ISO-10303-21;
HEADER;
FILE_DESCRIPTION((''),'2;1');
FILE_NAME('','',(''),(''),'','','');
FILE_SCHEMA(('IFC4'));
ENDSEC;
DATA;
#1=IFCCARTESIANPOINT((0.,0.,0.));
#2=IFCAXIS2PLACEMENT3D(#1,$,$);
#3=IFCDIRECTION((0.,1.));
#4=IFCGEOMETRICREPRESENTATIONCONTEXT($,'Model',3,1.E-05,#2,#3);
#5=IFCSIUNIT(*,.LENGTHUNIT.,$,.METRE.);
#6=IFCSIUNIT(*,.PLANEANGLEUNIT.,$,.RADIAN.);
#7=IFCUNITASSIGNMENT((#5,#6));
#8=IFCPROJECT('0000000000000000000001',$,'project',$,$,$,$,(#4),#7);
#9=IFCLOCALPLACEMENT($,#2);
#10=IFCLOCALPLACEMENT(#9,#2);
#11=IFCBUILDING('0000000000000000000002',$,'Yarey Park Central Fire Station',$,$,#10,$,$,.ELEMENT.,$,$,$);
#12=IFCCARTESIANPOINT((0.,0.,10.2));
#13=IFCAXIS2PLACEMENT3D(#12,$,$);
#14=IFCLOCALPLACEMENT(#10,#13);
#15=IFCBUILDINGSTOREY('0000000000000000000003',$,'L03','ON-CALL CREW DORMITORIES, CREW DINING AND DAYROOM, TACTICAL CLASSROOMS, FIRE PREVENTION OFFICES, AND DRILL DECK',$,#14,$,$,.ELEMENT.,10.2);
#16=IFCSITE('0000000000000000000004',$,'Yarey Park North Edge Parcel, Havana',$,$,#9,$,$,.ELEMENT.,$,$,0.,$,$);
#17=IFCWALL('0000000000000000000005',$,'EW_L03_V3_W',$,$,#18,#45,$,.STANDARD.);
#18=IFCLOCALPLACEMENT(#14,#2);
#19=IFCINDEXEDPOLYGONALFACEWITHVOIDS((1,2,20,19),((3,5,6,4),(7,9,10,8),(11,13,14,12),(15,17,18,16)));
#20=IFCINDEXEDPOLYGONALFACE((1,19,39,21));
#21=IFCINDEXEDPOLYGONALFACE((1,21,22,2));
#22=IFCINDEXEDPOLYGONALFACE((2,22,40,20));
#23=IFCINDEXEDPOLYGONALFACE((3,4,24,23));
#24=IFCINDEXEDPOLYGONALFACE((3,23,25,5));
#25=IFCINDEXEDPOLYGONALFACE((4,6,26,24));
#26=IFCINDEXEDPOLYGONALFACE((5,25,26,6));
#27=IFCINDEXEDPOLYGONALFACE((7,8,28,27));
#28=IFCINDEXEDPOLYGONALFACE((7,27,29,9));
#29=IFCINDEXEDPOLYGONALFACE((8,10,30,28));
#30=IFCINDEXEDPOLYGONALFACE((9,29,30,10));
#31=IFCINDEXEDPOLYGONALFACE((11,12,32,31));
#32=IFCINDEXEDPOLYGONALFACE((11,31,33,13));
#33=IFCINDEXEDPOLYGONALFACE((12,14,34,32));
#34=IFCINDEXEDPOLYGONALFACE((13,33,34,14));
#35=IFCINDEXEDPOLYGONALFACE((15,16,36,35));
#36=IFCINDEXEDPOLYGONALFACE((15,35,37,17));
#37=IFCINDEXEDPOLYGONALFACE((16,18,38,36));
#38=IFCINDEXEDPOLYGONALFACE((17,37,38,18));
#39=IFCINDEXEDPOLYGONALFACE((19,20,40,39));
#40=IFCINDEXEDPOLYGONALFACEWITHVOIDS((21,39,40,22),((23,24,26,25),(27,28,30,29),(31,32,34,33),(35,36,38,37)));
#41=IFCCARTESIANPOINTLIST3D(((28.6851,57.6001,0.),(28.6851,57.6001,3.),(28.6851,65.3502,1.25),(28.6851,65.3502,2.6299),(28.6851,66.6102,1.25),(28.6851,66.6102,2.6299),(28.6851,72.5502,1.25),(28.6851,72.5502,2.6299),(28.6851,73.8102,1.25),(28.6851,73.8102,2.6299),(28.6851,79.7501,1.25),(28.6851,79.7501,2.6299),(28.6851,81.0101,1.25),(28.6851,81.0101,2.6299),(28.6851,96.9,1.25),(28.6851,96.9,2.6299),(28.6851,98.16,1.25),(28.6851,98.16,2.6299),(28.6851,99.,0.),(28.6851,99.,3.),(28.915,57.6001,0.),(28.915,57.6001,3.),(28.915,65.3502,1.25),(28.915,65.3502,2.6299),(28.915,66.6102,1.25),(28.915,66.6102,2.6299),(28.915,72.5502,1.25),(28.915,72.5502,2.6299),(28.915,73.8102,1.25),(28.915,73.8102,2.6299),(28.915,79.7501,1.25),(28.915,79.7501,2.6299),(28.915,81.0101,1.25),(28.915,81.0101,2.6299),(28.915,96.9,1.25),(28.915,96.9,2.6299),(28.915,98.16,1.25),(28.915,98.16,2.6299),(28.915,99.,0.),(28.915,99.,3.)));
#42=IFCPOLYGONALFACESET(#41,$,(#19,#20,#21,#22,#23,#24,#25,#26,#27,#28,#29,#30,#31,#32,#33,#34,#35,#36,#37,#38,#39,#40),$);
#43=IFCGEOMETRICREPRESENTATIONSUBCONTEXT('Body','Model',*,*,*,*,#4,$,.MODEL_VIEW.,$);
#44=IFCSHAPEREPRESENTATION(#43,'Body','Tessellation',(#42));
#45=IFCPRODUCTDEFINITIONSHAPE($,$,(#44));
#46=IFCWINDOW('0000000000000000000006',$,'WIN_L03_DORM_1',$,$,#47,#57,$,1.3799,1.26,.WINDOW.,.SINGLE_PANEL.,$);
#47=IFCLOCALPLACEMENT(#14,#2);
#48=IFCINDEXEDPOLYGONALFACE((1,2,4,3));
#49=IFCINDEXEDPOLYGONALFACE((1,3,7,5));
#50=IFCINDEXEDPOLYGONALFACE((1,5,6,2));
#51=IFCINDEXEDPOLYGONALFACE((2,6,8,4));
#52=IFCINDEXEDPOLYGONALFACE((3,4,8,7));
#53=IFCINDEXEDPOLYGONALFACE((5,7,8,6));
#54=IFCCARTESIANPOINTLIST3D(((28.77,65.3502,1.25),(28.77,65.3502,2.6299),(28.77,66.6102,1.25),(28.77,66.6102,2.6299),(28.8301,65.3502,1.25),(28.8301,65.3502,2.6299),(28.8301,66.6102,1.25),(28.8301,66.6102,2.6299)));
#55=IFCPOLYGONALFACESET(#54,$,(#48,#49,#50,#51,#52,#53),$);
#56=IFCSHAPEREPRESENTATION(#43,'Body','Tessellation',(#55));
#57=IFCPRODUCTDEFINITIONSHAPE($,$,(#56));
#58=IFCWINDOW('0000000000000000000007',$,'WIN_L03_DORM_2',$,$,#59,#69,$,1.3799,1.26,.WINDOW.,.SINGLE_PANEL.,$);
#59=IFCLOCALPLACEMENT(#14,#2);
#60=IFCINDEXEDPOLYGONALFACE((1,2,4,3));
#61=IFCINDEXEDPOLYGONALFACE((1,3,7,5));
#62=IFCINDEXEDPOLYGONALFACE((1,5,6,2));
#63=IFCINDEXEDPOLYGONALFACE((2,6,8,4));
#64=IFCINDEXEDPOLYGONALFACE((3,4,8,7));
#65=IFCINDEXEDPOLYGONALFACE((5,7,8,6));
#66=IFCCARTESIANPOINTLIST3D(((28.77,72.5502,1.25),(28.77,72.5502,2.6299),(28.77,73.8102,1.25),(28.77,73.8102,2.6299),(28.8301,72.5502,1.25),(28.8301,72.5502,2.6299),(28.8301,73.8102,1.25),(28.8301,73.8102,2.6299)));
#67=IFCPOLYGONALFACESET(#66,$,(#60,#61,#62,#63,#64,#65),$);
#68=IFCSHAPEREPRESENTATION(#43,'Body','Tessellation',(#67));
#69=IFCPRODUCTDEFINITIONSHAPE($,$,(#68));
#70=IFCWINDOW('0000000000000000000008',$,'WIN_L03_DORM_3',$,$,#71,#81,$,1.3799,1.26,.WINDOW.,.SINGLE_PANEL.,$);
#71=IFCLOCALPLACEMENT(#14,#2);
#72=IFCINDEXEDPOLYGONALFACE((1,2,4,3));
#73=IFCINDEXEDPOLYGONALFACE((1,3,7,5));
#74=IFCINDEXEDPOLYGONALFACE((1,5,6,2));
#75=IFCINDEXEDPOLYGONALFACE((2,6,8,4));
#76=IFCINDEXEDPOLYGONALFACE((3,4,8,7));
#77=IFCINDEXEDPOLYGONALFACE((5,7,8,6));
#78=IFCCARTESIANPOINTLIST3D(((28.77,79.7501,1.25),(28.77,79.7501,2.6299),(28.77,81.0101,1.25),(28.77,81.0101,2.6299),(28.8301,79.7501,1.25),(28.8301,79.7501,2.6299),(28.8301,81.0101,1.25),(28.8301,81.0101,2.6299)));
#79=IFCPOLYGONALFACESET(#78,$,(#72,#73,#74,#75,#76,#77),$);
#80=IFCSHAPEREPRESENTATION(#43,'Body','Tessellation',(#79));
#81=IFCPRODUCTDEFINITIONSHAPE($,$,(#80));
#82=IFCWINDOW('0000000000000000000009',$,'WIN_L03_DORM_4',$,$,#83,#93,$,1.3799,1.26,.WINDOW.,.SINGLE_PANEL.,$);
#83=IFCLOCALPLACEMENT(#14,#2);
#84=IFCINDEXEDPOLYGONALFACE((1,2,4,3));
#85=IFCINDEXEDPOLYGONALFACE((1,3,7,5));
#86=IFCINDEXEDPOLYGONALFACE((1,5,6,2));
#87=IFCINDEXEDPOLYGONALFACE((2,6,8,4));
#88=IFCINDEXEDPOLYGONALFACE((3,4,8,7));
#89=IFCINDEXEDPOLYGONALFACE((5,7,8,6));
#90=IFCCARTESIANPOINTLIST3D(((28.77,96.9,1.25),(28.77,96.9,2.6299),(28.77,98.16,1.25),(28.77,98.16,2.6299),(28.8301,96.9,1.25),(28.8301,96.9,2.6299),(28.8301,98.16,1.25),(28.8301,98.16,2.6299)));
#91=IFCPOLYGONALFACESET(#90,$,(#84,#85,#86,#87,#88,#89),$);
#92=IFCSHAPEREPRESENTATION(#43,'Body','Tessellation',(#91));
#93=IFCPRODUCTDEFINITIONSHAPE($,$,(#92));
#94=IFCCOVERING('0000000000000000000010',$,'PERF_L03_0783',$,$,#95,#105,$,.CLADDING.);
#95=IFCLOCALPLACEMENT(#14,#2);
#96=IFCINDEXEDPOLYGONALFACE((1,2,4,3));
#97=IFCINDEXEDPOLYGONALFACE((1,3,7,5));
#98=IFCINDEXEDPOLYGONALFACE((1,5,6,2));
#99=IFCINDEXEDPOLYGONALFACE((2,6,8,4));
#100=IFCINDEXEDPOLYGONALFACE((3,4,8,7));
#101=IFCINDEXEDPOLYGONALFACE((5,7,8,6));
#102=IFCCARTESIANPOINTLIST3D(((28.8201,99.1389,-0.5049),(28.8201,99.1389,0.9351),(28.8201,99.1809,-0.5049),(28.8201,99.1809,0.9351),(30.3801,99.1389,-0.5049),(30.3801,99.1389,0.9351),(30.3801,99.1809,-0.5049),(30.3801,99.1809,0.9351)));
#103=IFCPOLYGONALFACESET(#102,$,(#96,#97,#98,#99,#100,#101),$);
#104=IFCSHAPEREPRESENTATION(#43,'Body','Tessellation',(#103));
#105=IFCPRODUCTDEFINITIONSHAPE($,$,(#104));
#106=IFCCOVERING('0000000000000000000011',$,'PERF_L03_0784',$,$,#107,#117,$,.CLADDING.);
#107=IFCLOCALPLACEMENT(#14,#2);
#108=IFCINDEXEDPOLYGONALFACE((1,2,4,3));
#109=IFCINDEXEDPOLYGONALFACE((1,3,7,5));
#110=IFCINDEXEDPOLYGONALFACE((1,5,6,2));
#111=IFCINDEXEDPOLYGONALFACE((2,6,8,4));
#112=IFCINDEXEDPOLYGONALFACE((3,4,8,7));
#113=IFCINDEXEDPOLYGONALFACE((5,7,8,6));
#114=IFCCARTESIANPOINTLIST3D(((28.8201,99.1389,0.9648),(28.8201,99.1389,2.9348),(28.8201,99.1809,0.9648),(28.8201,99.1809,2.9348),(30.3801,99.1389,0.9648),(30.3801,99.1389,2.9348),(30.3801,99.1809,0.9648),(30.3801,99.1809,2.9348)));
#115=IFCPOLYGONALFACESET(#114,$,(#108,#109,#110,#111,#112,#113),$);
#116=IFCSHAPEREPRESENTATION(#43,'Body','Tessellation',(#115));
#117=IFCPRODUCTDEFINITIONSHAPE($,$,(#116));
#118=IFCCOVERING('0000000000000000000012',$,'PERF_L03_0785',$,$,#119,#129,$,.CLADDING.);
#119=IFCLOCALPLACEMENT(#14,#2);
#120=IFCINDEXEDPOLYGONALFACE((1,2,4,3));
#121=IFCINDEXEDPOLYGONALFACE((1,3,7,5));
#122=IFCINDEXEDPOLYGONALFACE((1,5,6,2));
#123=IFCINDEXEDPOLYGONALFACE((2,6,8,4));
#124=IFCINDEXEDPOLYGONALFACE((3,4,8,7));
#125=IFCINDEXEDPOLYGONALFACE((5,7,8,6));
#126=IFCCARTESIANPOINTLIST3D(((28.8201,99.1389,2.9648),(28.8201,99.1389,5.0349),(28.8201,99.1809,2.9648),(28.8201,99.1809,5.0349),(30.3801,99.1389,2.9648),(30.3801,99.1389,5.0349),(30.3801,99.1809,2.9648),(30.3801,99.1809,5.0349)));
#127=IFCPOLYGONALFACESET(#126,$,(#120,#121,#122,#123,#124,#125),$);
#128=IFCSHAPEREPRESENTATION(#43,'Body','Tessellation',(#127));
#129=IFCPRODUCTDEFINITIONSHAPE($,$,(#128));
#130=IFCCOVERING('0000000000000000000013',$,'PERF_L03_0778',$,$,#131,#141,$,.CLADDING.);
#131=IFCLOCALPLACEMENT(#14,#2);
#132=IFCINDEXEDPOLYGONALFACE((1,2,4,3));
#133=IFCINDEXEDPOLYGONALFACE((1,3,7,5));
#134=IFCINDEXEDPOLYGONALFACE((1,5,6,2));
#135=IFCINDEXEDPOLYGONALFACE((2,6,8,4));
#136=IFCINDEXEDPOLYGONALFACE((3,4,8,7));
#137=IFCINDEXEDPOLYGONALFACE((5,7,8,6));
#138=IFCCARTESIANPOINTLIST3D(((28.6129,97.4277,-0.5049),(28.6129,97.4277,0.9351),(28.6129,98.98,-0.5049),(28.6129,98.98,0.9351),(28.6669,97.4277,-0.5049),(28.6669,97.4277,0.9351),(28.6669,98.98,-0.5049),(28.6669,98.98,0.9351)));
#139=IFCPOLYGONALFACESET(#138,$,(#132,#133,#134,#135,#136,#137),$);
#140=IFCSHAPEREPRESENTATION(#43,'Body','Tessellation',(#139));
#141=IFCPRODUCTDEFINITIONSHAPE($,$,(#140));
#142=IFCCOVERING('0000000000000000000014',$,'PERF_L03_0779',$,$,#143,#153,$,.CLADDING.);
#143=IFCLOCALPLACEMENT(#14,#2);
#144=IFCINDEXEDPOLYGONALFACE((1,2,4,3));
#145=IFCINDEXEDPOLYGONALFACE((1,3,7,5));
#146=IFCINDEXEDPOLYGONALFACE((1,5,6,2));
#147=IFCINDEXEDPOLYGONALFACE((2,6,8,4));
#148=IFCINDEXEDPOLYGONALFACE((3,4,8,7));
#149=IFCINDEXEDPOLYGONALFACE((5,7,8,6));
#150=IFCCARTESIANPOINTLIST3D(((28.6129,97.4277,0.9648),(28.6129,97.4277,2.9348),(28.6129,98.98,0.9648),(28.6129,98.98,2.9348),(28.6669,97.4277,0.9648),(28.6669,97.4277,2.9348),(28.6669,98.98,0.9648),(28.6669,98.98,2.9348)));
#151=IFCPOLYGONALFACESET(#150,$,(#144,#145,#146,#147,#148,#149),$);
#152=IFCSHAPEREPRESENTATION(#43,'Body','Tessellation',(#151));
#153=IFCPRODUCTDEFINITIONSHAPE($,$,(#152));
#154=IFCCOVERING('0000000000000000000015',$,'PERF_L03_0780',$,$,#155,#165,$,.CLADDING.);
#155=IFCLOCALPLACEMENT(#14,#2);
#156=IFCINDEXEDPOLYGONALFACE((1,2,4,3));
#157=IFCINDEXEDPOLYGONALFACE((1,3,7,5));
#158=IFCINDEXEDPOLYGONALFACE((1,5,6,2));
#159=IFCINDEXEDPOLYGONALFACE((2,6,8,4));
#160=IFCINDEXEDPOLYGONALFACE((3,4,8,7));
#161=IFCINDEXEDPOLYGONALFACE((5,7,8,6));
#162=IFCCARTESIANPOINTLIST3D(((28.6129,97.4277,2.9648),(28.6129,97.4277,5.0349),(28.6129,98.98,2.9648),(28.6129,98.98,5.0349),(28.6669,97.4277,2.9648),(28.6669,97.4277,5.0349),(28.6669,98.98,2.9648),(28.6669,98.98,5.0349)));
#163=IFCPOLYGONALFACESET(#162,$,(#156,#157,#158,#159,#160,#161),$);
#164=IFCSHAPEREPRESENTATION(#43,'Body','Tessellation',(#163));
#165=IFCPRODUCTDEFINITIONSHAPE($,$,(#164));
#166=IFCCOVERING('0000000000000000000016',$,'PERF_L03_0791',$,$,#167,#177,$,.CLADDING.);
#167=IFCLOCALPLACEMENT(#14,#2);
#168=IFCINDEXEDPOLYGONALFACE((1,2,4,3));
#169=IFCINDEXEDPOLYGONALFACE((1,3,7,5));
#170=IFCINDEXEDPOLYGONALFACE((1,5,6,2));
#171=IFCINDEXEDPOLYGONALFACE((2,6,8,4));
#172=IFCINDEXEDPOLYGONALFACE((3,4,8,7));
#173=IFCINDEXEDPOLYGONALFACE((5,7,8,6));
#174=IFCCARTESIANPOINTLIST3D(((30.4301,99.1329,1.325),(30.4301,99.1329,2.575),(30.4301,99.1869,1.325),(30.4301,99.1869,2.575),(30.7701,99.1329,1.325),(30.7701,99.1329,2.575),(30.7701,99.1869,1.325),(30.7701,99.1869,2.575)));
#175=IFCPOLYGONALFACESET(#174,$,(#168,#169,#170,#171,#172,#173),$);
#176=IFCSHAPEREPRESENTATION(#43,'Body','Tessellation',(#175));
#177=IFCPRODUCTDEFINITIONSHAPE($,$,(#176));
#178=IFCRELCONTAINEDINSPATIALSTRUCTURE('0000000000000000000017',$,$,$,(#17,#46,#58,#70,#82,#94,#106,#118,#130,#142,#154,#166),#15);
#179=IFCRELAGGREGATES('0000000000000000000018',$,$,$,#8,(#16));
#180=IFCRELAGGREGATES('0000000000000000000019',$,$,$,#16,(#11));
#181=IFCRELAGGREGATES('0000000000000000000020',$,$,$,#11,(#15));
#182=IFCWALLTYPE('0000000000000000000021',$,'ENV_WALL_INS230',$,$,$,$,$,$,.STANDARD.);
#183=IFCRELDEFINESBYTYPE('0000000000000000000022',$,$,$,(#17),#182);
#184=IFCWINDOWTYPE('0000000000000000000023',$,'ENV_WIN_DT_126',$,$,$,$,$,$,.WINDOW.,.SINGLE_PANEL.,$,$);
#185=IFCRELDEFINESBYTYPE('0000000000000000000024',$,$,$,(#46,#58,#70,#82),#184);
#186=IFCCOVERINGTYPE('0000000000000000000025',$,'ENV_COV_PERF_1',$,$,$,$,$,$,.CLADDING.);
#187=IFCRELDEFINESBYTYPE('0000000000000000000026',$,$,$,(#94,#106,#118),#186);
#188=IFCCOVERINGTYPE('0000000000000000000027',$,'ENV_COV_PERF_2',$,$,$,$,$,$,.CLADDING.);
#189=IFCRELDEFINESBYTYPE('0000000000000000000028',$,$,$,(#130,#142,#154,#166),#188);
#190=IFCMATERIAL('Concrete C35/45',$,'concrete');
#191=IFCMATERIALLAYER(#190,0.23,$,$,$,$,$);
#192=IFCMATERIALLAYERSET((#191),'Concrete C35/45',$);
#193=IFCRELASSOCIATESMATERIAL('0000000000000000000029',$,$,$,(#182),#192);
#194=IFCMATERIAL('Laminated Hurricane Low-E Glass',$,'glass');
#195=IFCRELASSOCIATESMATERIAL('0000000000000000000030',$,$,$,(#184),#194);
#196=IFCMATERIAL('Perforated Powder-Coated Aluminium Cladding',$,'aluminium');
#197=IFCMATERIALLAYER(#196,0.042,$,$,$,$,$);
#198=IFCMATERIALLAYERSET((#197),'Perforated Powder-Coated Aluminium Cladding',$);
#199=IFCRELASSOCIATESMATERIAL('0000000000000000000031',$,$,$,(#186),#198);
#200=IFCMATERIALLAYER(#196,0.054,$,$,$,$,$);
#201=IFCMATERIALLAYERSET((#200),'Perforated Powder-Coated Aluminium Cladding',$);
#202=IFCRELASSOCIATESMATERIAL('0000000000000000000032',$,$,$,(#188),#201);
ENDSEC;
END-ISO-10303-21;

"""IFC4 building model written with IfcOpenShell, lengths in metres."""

from ifc_helpers import new_model, si_unit, direction, frame, frame_2d, origin, origin_2d, place, context, subcontext, project, spatial, rectangle, extrude, material, layer, layer_set, type_object, element, fill, save


model = new_model("IFC4")

# Units and contexts
model_context = context("Model", 3, precision=1e-05, world=origin(), true_north=direction((0.0, 1.0)))
body_context = subcontext(model_context, "Body", "Model", "MODEL_VIEW")
ifc_project = project(units=[si_unit("LENGTHUNIT", "METRE"), si_unit("PLANEANGLEUNIT", "RADIAN")], contexts=[model_context])

# Site, building, storey
site_placement = place(None, origin())
site = spatial("IfcSite", under=ifc_project, at=site_placement, Name="Yarey Park North Edge Parcel, Havana", CompositionType="ELEMENT", RefElevation=0.0)
building_placement = place(site_placement, origin())
building = spatial("IfcBuilding", under=site, at=building_placement, Name="Yarey Park Central Fire Station", CompositionType="ELEMENT")
storey_placement = place(building_placement, frame((0.0, 0.0, 10.2)))
storey = spatial("IfcBuildingStorey", under=building, at=storey_placement, Name="L03", Description="ON-CALL CREW DORMITORIES, CREW DINING AND DAYROOM, TACTICAL CLASSROOMS, FIRE PREVENTION OFFICES, AND DRILL DECK", CompositionType="ELEMENT", Elevation=10.2)

# Shared definitions
ifc_material_1 = material(Name="Laminated Hurricane Low-E Glass", Category="glass")

# Wall, openings, windows
ifc_material_2 = material(Name="Concrete C35/45", Category="concrete")
ifc_layer_1 = layer(ifc_material_2, 0.23)
ifc_layer_set_1 = layer_set([ifc_layer_1], Name="Concrete C35/45")
wall_type = type_object("IfcWallType", Name="ENV_WALL_INS230", PredefinedType="STANDARD", material=ifc_layer_set_1)
wall_placement = place(storey_placement, frame((28.8, 99.0, 0.0), z_axis=(0.0, 0.0, 1.0), x_axis=(0.0, -1.0, 0.0)))
wall = element("IfcWall", 1, at=wall_placement, inside=storey, type_object=wall_type, Name="EW_L03_V3_W", PredefinedType="STANDARD", context=body_context, shape_type="SweptSolid", body=[
    extrude(rectangle(XDim=41.3999, YDim=0.23, at=frame_2d((20.7, 0.0))), origin(), (0.0, 0.0, 1.0), 3.0),
])
opening_1_placement = place(wall_placement, frame((32.3899, 0.0, 1.25)))
opening_1 = element("IfcOpeningElement", 2, at=opening_1_placement, cuts=wall, PredefinedType="OPENING", context=body_context, shape_type="SweptSolid", body=[
    extrude(rectangle(XDim=1.26, YDim=1.3799, at=frame_2d((0.6299, 0.6899))), frame((0.0, 0.125, 0.0), z_axis=(0.0, -1.0, 0.0), x_axis=(1.0, 0.0, 0.0)), (0.0, 0.0, 1.0), 0.25),
])
opening_2_placement = place(wall_placement, frame((25.1899, 0.0, 1.25)))
opening_2 = element("IfcOpeningElement", 3, at=opening_2_placement, cuts=wall, PredefinedType="OPENING", context=body_context, shape_type="SweptSolid", body=[
    extrude(rectangle(XDim=1.26, YDim=1.3799, at=frame_2d((0.6299, 0.6899))), frame((0.0, 0.125, 0.0), z_axis=(0.0, -1.0, 0.0), x_axis=(1.0, 0.0, 0.0)), (0.0, 0.0, 1.0), 0.25),
])
opening_3_placement = place(wall_placement, frame((17.99, 0.0, 1.25)))
opening_3 = element("IfcOpeningElement", 4, at=opening_3_placement, cuts=wall, PredefinedType="OPENING", context=body_context, shape_type="SweptSolid", body=[
    extrude(rectangle(XDim=1.26, YDim=1.3799, at=frame_2d((0.6299, 0.6899))), frame((0.0, 0.125, 0.0), z_axis=(0.0, -1.0, 0.0), x_axis=(1.0, 0.0, 0.0)), (0.0, 0.0, 1.0), 0.25),
])
opening_4_placement = place(wall_placement, frame((0.8401, 0.0, 1.25)))
opening_4 = element("IfcOpeningElement", 5, at=opening_4_placement, cuts=wall, PredefinedType="OPENING", context=body_context, shape_type="SweptSolid", body=[
    extrude(rectangle(XDim=1.26, YDim=1.3799, at=frame_2d((0.6299, 0.6899))), frame((0.0, 0.125, 0.0), z_axis=(0.0, -1.0, 0.0), x_axis=(1.0, 0.0, 0.0)), (0.0, 0.0, 1.0), 0.25),
])
window_type = type_object("IfcWindowType", Name="ENV_WIN_DT_126", PartitioningType="SINGLE_PANEL", PredefinedType="WINDOW", material=ifc_material_1)
window_1_placement = place(opening_1_placement, origin())
window_1 = element("IfcWindow", 6, at=window_1_placement, inside=storey, type_object=window_type, Name="WIN_L03_DORM_1", OverallHeight=1.3799, OverallWidth=1.26, PartitioningType="SINGLE_PANEL", PredefinedType="WINDOW", context=body_context, shape_type="SweptSolid", body=[
    extrude(rectangle(XDim=1.26, YDim=1.3799, at=frame_2d((0.6299, 0.6899))), frame((0.0, 0.03, 0.0), z_axis=(0.0, -1.0, 0.0), x_axis=(1.0, 0.0, 0.0)), (0.0, 0.0, 1.0), 0.0601),
])
fill(opening_1, window_1)
window_2_placement = place(opening_2_placement, origin())
window_2 = element("IfcWindow", 7, at=window_2_placement, inside=storey, type_object=window_type, Name="WIN_L03_DORM_2", OverallHeight=1.3799, OverallWidth=1.26, PartitioningType="SINGLE_PANEL", PredefinedType="WINDOW", context=body_context, shape_type="SweptSolid", body=[
    extrude(rectangle(XDim=1.26, YDim=1.3799, at=frame_2d((0.6299, 0.6899))), frame((0.0, 0.03, 0.0), z_axis=(0.0, -1.0, 0.0), x_axis=(1.0, 0.0, 0.0)), (0.0, 0.0, 1.0), 0.0601),
])
fill(opening_2, window_2)
window_3_placement = place(opening_3_placement, origin())
window_3 = element("IfcWindow", 8, at=window_3_placement, inside=storey, type_object=window_type, Name="WIN_L03_DORM_3", OverallHeight=1.3799, OverallWidth=1.26, PartitioningType="SINGLE_PANEL", PredefinedType="WINDOW", context=body_context, shape_type="SweptSolid", body=[
    extrude(rectangle(XDim=1.26, YDim=1.3799, at=frame_2d((0.6299, 0.6899))), frame((0.0, 0.03, 0.0), z_axis=(0.0, -1.0, 0.0), x_axis=(1.0, 0.0, 0.0)), (0.0, 0.0, 1.0), 0.0601),
])
fill(opening_3, window_3)
window_4_placement = place(opening_4_placement, origin())
window_4 = element("IfcWindow", 9, at=window_4_placement, inside=storey, type_object=window_type, Name="WIN_L03_DORM_4", OverallHeight=1.3799, OverallWidth=1.26, PartitioningType="SINGLE_PANEL", PredefinedType="WINDOW", context=body_context, shape_type="SweptSolid", body=[
    extrude(rectangle(XDim=1.26, YDim=1.3799, at=frame_2d((0.6299, 0.6899))), frame((0.0, 0.03, 0.0), z_axis=(0.0, -1.0, 0.0), x_axis=(1.0, 0.0, 0.0)), (0.0, 0.0, 1.0), 0.0601),
])
fill(opening_4, window_4)

# Coverings
ifc_material_3 = material(Name="Perforated Powder-Coated Aluminium Cladding", Category="aluminium")
ifc_layer_2 = layer(ifc_material_3, 0.042)
ifc_layer_set_2 = layer_set([ifc_layer_2], Name="Perforated Powder-Coated Aluminium Cladding")
covering_type_1 = type_object("IfcCoveringType", Name="ENV_COV_PERF_1", PredefinedType="CLADDING", material=ifc_layer_set_2)
covering_1_placement = place(storey_placement, frame((29.6001, 99.1599, -0.5049), z_axis=(0.0, 0.0, 1.0), x_axis=(1.0, 0.0, 0.0)))
element("IfcCovering", 10, at=covering_1_placement, inside=storey, type_object=covering_type_1, Name="PERF_L03_0783", PredefinedType="CLADDING", context=body_context, shape_type="SweptSolid", body=[
    extrude(rectangle(XDim=1.5601, YDim=0.042, at=origin_2d()), origin(), (0.0, 0.0, 1.0), 1.4399),
])
covering_2_placement = place(storey_placement, frame((29.6001, 99.1599, 0.9648), z_axis=(0.0, 0.0, 1.0), x_axis=(1.0, 0.0, 0.0)))
element("IfcCovering", 11, at=covering_2_placement, inside=storey, type_object=covering_type_1, Name="PERF_L03_0784", PredefinedType="CLADDING", context=body_context, shape_type="SweptSolid", body=[
    extrude(rectangle(XDim=1.5601, YDim=0.042, at=origin_2d()), origin(), (0.0, 0.0, 1.0), 1.97),
])
covering_3_placement = place(storey_placement, frame((29.6001, 99.1599, 2.9648), z_axis=(0.0, 0.0, 1.0), x_axis=(1.0, 0.0, 0.0)))
element("IfcCovering", 12, at=covering_3_placement, inside=storey, type_object=covering_type_1, Name="PERF_L03_0785", PredefinedType="CLADDING", context=body_context, shape_type="SweptSolid", body=[
    extrude(rectangle(XDim=1.5601, YDim=0.042, at=origin_2d()), origin(), (0.0, 0.0, 1.0), 2.0701),
])
ifc_layer_3 = layer(ifc_material_3, 0.054)
ifc_layer_set_3 = layer_set([ifc_layer_3], Name="Perforated Powder-Coated Aluminium Cladding")
covering_type_2 = type_object("IfcCoveringType", Name="ENV_COV_PERF_2", PredefinedType="CLADDING", material=ifc_layer_set_3)
covering_4_placement = place(storey_placement, frame((28.6399, 98.2039, -0.5049), z_axis=(0.0, 0.0, 1.0), x_axis=(0.0, 1.0, 0.0)))
element("IfcCovering", 13, at=covering_4_placement, inside=storey, type_object=covering_type_2, Name="PERF_L03_0778", PredefinedType="CLADDING", context=body_context, shape_type="SweptSolid", body=[
    extrude(rectangle(XDim=1.5522, YDim=0.054, at=origin_2d()), origin(), (0.0, 0.0, 1.0), 1.4399),
])
covering_5_placement = place(storey_placement, frame((28.6399, 98.2039, 0.9648), z_axis=(0.0, 0.0, 1.0), x_axis=(0.0, 1.0, 0.0)))
element("IfcCovering", 14, at=covering_5_placement, inside=storey, type_object=covering_type_2, Name="PERF_L03_0779", PredefinedType="CLADDING", context=body_context, shape_type="SweptSolid", body=[
    extrude(rectangle(XDim=1.5522, YDim=0.054, at=origin_2d()), origin(), (0.0, 0.0, 1.0), 1.97),
])
covering_6_placement = place(storey_placement, frame((28.6399, 98.2039, 2.9648), z_axis=(0.0, 0.0, 1.0), x_axis=(0.0, 1.0, 0.0)))
element("IfcCovering", 15, at=covering_6_placement, inside=storey, type_object=covering_type_2, Name="PERF_L03_0780", PredefinedType="CLADDING", context=body_context, shape_type="SweptSolid", body=[
    extrude(rectangle(XDim=1.5522, YDim=0.054, at=origin_2d()), origin(), (0.0, 0.0, 1.0), 2.0701),
])
covering_7_placement = place(storey_placement, frame((30.6001, 99.1599, 1.325), z_axis=(0.0, 0.0, 1.0), x_axis=(1.0, 0.0, 0.0)))
element("IfcCovering", 16, at=covering_7_placement, inside=storey, type_object=covering_type_2, Name="PERF_L03_0791", PredefinedType="CLADDING", context=body_context, shape_type="SweptSolid", body=[
    extrude(rectangle(XDim=0.3401, YDim=0.054, at=origin_2d()), origin(), (0.0, 0.0, 1.0), 1.25),
])

save(model, "model.ifc")
